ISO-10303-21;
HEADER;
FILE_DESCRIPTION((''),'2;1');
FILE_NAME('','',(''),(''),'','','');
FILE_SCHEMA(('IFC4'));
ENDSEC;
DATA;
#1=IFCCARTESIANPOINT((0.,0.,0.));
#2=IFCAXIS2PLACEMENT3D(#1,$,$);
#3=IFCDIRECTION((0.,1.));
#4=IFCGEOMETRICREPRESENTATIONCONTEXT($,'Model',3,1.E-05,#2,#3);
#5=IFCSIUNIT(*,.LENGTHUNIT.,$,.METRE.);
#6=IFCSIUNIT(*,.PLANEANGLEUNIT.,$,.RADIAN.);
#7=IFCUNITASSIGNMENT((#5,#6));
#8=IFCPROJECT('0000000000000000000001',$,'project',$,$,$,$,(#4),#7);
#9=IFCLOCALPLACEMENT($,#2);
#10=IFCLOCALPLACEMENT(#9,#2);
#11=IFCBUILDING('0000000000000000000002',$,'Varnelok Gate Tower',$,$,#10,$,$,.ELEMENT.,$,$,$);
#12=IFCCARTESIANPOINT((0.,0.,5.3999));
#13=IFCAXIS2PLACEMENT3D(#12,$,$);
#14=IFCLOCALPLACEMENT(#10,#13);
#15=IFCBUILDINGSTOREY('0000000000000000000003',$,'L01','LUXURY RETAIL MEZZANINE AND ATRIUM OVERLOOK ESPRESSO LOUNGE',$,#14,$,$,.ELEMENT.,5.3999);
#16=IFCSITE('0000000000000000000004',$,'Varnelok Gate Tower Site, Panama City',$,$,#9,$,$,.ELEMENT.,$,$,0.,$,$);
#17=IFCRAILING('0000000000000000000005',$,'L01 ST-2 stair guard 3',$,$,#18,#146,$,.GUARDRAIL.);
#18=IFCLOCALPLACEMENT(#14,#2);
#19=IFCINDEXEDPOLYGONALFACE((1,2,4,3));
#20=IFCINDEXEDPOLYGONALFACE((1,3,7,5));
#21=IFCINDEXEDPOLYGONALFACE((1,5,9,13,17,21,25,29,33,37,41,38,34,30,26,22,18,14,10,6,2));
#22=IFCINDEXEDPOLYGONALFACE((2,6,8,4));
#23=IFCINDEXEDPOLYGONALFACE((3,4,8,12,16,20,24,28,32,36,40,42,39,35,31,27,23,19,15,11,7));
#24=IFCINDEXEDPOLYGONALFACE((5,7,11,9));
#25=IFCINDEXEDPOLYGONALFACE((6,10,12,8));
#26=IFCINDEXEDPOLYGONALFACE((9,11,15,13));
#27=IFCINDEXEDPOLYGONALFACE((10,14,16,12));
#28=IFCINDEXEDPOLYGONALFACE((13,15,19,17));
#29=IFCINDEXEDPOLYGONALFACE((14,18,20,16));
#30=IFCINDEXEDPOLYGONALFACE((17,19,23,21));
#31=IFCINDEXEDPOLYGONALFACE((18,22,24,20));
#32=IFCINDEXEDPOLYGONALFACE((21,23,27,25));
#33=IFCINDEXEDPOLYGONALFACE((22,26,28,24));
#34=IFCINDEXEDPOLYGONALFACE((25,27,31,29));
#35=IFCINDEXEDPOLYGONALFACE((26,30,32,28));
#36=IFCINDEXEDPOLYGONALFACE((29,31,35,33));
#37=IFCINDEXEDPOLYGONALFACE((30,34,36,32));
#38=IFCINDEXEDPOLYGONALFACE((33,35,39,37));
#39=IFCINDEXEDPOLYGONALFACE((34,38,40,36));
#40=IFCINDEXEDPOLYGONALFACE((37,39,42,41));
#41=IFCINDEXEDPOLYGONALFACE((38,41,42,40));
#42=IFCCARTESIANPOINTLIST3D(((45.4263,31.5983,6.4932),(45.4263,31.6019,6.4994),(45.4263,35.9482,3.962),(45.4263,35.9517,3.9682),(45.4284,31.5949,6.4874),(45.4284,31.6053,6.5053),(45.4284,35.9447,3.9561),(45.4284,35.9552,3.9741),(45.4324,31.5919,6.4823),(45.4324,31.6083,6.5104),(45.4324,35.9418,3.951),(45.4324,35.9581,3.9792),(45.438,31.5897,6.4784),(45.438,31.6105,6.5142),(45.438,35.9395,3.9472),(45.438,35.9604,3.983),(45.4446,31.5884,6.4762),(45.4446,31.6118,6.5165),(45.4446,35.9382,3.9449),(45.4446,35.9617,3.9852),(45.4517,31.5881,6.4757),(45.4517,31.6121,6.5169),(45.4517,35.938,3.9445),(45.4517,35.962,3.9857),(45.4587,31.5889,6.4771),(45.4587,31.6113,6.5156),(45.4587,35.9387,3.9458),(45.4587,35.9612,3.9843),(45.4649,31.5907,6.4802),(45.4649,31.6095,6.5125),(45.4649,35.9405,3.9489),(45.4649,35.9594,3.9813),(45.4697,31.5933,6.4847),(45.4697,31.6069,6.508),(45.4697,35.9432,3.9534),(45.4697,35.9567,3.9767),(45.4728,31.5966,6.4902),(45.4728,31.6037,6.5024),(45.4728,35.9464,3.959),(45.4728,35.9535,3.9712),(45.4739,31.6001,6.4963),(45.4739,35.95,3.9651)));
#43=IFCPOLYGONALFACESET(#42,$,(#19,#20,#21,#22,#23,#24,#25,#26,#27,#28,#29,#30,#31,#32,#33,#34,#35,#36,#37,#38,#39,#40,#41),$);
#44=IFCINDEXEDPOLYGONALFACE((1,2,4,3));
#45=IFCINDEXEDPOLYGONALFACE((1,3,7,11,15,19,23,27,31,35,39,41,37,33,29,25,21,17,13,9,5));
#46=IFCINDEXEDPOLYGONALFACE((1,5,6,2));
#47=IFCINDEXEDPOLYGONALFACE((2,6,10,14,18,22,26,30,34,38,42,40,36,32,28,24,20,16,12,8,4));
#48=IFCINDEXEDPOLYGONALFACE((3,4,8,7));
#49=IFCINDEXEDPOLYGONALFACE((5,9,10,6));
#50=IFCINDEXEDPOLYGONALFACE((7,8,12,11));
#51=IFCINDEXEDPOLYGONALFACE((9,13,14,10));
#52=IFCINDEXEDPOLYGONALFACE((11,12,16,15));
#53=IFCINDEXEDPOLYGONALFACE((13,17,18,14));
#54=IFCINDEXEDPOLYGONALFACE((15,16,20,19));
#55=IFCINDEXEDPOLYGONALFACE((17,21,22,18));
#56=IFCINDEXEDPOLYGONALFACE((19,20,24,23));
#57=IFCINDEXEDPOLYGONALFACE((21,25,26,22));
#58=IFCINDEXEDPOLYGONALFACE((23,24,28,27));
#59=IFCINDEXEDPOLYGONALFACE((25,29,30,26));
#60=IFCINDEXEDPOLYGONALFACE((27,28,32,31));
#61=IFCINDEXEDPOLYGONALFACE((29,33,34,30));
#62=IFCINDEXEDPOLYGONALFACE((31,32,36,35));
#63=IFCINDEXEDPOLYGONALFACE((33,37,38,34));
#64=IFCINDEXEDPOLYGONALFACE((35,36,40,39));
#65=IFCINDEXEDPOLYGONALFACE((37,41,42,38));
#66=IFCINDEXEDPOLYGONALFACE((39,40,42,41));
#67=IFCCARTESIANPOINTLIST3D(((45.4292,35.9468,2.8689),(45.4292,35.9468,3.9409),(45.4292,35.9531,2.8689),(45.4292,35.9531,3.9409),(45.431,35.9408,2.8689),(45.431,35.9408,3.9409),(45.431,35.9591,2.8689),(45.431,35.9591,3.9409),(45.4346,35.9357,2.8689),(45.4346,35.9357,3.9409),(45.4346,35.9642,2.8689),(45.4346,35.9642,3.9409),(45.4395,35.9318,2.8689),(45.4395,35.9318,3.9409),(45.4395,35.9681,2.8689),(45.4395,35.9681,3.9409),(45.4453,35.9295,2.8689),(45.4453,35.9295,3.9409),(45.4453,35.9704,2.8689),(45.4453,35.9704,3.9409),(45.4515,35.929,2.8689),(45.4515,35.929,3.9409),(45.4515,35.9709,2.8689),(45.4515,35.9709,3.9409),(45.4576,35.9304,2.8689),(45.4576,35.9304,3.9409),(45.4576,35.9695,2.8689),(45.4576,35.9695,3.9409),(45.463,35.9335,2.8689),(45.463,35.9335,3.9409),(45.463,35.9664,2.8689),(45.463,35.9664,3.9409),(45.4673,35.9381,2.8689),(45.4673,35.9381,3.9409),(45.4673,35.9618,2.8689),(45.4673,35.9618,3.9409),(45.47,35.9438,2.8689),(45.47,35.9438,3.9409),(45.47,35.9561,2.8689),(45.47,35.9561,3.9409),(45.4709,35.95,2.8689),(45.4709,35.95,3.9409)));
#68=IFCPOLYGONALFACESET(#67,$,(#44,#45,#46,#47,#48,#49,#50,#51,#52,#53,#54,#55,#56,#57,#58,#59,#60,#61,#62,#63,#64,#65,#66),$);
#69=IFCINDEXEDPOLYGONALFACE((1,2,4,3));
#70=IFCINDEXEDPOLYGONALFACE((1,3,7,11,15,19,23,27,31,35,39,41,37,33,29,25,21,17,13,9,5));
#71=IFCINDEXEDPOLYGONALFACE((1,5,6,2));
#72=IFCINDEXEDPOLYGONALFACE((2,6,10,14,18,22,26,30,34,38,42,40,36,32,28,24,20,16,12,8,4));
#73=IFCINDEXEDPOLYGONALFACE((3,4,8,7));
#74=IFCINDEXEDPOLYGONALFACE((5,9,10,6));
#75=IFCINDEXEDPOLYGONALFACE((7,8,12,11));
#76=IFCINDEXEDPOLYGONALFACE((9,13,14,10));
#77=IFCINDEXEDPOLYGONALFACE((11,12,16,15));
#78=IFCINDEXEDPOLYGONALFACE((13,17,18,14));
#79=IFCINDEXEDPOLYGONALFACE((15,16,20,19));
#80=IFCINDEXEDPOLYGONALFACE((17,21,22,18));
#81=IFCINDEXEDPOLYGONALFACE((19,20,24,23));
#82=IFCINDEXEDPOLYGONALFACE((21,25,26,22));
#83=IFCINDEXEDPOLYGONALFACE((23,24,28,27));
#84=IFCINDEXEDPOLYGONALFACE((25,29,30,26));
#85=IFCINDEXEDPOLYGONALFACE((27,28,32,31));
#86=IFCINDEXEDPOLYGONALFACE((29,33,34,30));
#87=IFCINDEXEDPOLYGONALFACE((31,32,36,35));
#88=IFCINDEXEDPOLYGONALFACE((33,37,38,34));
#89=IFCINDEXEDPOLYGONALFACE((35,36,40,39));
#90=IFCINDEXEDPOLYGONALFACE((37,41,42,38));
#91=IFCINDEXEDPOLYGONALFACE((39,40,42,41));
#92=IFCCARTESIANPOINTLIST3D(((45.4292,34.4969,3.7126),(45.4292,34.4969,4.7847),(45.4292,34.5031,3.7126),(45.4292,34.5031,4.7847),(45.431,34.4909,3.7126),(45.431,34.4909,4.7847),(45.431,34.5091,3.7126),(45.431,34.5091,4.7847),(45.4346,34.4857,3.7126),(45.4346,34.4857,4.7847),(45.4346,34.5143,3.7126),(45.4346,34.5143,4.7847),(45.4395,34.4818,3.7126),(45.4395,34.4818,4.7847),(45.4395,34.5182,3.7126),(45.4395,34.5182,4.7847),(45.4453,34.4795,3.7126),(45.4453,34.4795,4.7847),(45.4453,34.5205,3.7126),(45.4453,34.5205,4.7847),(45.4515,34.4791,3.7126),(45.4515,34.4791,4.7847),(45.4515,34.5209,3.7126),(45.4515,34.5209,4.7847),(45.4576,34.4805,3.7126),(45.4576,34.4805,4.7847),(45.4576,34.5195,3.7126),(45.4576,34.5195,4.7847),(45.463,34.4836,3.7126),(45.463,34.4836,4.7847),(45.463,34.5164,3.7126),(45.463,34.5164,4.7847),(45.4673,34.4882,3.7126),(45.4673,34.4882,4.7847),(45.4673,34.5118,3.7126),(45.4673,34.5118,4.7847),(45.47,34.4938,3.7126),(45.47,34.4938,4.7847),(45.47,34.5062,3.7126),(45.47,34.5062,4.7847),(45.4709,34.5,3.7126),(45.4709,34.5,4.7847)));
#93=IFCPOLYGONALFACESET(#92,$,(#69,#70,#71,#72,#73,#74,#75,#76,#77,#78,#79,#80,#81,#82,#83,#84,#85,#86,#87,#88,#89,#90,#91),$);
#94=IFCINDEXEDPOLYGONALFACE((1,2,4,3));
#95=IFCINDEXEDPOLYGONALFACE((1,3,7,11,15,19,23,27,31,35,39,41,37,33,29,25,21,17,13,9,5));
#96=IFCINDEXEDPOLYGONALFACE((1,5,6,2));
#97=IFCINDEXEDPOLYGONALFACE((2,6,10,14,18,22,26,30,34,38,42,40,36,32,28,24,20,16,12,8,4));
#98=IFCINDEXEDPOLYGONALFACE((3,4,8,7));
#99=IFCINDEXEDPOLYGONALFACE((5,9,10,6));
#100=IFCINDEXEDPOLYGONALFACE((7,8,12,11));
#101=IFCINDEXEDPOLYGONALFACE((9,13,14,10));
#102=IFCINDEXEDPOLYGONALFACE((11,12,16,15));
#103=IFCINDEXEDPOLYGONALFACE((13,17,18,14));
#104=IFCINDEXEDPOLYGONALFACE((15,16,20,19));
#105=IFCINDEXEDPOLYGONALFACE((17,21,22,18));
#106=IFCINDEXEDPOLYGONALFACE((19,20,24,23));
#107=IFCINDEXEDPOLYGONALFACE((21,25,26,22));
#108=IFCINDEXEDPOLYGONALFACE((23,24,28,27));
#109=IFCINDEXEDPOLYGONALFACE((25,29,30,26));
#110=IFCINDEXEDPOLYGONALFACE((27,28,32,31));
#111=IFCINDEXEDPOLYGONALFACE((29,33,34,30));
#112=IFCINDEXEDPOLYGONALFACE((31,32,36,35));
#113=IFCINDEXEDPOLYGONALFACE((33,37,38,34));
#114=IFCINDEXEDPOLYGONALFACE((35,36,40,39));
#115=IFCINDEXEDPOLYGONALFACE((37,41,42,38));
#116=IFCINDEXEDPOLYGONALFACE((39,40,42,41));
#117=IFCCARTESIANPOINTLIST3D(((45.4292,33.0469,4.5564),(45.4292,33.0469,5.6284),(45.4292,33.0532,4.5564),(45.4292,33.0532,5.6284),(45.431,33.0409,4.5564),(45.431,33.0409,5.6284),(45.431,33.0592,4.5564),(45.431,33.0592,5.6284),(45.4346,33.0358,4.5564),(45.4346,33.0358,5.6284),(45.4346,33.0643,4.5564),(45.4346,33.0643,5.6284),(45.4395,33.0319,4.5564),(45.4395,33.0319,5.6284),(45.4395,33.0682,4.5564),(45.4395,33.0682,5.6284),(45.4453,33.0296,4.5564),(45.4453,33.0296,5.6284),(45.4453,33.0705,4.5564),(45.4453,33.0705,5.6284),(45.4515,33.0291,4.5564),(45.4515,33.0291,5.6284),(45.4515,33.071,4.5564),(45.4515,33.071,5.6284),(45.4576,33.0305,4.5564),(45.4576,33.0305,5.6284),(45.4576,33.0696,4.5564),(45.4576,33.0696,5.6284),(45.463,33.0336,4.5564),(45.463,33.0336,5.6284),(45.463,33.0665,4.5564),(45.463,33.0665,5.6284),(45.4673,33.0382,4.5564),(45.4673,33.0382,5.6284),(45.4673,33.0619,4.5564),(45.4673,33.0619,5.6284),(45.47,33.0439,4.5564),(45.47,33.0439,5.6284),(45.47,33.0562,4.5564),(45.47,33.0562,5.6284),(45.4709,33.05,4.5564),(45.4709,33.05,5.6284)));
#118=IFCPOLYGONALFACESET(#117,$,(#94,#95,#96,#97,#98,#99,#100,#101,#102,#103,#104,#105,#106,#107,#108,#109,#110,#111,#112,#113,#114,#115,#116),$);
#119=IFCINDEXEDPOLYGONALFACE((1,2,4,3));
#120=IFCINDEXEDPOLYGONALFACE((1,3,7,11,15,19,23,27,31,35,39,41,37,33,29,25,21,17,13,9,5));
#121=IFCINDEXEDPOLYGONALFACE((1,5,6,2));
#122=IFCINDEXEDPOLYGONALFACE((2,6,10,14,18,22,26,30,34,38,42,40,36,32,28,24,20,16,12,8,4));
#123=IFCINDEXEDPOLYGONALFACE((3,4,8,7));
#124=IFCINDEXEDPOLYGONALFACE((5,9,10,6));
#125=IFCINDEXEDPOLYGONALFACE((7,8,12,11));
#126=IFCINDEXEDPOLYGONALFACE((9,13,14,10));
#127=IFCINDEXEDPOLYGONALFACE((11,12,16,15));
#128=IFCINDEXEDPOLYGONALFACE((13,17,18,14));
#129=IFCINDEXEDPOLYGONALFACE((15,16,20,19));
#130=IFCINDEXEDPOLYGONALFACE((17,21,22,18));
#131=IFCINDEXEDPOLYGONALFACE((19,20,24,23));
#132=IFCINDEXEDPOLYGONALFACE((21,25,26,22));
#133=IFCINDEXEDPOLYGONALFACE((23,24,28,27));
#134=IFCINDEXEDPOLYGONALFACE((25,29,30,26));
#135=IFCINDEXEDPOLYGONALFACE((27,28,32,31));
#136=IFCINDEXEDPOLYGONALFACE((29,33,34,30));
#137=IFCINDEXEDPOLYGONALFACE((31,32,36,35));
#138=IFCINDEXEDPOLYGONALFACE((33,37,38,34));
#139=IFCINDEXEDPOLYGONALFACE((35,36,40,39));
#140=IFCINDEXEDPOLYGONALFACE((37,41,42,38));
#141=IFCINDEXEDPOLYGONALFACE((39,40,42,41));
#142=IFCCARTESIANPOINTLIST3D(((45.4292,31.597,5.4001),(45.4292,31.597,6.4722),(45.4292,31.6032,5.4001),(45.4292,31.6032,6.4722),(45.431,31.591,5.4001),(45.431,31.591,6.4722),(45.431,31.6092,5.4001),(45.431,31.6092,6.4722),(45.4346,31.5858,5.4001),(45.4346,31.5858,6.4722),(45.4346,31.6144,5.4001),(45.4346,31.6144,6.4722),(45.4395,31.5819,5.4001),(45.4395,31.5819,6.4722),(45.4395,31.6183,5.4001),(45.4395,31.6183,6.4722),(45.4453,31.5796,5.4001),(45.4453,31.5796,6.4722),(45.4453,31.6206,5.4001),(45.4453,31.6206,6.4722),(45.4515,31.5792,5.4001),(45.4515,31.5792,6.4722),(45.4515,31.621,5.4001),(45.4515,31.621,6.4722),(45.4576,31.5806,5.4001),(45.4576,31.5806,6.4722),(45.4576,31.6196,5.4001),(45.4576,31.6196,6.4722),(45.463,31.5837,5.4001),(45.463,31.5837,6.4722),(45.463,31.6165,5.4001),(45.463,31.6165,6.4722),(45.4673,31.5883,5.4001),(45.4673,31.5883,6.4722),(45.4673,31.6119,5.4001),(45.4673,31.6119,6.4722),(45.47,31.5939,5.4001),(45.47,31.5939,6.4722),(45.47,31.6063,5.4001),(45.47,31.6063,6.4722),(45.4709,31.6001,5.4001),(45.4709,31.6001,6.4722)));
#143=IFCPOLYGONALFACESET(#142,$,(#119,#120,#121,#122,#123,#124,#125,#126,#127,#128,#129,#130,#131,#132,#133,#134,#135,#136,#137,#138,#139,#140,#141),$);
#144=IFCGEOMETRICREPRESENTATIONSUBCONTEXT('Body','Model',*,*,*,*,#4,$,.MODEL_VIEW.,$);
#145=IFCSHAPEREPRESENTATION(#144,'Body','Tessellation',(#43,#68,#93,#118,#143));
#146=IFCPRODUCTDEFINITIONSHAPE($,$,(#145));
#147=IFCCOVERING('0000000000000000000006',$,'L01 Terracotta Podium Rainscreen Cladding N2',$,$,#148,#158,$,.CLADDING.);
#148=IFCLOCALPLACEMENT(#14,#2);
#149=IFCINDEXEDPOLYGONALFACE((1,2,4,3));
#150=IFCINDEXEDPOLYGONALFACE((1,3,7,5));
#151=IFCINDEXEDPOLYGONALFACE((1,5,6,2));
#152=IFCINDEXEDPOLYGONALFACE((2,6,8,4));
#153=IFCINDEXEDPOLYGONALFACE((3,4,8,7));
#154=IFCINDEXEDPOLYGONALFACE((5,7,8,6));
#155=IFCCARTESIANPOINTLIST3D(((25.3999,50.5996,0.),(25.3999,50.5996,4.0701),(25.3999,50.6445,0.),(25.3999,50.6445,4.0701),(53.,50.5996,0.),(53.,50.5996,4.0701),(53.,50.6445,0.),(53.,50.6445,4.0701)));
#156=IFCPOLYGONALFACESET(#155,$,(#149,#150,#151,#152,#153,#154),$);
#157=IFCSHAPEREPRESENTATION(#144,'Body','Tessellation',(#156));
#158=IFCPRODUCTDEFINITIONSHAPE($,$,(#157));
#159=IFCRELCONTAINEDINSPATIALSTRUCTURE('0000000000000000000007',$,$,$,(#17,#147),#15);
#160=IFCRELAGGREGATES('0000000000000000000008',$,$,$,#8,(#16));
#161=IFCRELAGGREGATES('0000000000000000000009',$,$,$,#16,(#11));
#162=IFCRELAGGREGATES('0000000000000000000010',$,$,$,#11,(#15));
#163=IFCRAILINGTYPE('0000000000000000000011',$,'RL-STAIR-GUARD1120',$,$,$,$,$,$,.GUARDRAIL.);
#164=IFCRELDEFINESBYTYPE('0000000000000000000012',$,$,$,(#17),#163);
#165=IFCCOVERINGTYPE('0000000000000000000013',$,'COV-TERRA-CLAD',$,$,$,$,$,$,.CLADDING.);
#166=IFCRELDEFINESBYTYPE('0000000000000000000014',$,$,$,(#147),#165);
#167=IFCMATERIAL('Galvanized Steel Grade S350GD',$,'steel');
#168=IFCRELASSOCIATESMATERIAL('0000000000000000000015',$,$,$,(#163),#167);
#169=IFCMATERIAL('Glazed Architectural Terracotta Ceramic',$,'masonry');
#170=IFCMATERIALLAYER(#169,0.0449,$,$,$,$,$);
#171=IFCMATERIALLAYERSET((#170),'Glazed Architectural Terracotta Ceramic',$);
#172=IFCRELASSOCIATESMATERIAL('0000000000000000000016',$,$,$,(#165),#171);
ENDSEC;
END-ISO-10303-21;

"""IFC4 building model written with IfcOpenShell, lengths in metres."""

from ifc_helpers import new_model, si_unit, direction, frame, origin, origin_2d, place, context, subcontext, project, spatial, rectangle, circle, extrude, source, transform, mapped, material, layer, layer_set, type_object, element, save


model = new_model("IFC4")

# Units and contexts
model_context = context("Model", 3, precision=1e-05, world=origin(), true_north=direction((0.0, 1.0)))
body_context = subcontext(model_context, "Body", "Model", "MODEL_VIEW")
ifc_project = project(units=[si_unit("LENGTHUNIT", "METRE"), si_unit("PLANEANGLEUNIT", "RADIAN")], contexts=[model_context])

# Site, building, storey
site_placement = place(None, origin())
site = spatial("IfcSite", under=ifc_project, at=site_placement, Name="Varnelok Gate Tower Site, Panama City", CompositionType="ELEMENT", RefElevation=0.0)
building_placement = place(site_placement, origin())
building = spatial("IfcBuilding", under=site, at=building_placement, Name="Varnelok Gate Tower", CompositionType="ELEMENT")
storey_placement = place(building_placement, frame((0.0, 0.0, 5.3999)))
storey = spatial("IfcBuildingStorey", under=building, at=storey_placement, Name="L01", Description="LUXURY RETAIL MEZZANINE AND ATRIUM OVERLOOK ESPRESSO LOUNGE", CompositionType="ELEMENT", Elevation=5.3999)

# Shared definitions
ifc_material_1 = material(Name="Galvanized Steel Grade S350GD", Category="steel")

# Railing
railing_type_1 = type_object("IfcRailingType", Name="RL-STAIR-GUARD1120", PredefinedType="GUARDRAIL", material=ifc_material_1)
railing_1_placement = place(storey_placement, frame((45.45, 35.95, 2.8689)))
element("IfcRailing", 1, at=railing_1_placement, inside=storey, type_object=railing_type_1, Name="L01 ST-2 stair guard 3", PredefinedType="GUARDRAIL", context=body_context, shape_type="SweptSolid", body=[
    extrude(circle(Radius=0.0239, at=origin_2d()), frame((0.0, 0.0, 1.0962), z_axis=(0.0, -0.864312, 0.502957), x_axis=(1.0, 0.0, 0.0)), (0.0, 0.0, 1.0), 5.0327),
    extrude(circle(Radius=0.021, at=origin_2d()), origin(), (0.0, 0.0, 1.0), 1.072),
    extrude(circle(Radius=0.021, at=origin_2d()), frame((0.0, -1.45, 0.8438)), (0.0, 0.0, 1.0), 1.072),
    extrude(circle(Radius=0.021, at=origin_2d()), frame((0.0, -2.8999, 1.6875)), (0.0, 0.0, 1.0), 1.072),
    extrude(circle(Radius=0.021, at=origin_2d()), frame((0.0, -4.3499, 2.5312)), (0.0, 0.0, 1.0), 1.072),
])

# Covering
ifc_material_2 = material(Name="Glazed Architectural Terracotta Ceramic", Category="masonry")
ifc_layer_1 = layer(ifc_material_2, 0.0449)
ifc_layer_set_1 = layer_set([ifc_layer_1], Name="Glazed Architectural Terracotta Ceramic")
covering_type = type_object("IfcCoveringType", Name="COV-TERRA-CLAD", PredefinedType="CLADDING", material=ifc_layer_set_1)
shared_shape = source(origin(), body_context, "Body", "SweptSolid", [
    extrude(rectangle(XDim=27.6001, YDim=0.0449, at=origin_2d()), origin(), (0.0, 0.0, 1.0), 4.0701),
])
covering_placement = place(storey_placement, frame((39.2, 50.6221, 0.0), z_axis=(0.0, 0.0, 1.0), x_axis=(1.0, 0.0, 0.0)))
element("IfcCovering", 2, at=covering_placement, inside=storey, type_object=covering_type, Name="L01 Terracotta Podium Rainscreen Cladding N2", PredefinedType="CLADDING", context=body_context, shape_type="MappedRepresentation", body=[
    mapped(shared_shape, transform((0.0, 0.0, 0.0), scale=1.0)),
])

save(model, "model.ifc")
